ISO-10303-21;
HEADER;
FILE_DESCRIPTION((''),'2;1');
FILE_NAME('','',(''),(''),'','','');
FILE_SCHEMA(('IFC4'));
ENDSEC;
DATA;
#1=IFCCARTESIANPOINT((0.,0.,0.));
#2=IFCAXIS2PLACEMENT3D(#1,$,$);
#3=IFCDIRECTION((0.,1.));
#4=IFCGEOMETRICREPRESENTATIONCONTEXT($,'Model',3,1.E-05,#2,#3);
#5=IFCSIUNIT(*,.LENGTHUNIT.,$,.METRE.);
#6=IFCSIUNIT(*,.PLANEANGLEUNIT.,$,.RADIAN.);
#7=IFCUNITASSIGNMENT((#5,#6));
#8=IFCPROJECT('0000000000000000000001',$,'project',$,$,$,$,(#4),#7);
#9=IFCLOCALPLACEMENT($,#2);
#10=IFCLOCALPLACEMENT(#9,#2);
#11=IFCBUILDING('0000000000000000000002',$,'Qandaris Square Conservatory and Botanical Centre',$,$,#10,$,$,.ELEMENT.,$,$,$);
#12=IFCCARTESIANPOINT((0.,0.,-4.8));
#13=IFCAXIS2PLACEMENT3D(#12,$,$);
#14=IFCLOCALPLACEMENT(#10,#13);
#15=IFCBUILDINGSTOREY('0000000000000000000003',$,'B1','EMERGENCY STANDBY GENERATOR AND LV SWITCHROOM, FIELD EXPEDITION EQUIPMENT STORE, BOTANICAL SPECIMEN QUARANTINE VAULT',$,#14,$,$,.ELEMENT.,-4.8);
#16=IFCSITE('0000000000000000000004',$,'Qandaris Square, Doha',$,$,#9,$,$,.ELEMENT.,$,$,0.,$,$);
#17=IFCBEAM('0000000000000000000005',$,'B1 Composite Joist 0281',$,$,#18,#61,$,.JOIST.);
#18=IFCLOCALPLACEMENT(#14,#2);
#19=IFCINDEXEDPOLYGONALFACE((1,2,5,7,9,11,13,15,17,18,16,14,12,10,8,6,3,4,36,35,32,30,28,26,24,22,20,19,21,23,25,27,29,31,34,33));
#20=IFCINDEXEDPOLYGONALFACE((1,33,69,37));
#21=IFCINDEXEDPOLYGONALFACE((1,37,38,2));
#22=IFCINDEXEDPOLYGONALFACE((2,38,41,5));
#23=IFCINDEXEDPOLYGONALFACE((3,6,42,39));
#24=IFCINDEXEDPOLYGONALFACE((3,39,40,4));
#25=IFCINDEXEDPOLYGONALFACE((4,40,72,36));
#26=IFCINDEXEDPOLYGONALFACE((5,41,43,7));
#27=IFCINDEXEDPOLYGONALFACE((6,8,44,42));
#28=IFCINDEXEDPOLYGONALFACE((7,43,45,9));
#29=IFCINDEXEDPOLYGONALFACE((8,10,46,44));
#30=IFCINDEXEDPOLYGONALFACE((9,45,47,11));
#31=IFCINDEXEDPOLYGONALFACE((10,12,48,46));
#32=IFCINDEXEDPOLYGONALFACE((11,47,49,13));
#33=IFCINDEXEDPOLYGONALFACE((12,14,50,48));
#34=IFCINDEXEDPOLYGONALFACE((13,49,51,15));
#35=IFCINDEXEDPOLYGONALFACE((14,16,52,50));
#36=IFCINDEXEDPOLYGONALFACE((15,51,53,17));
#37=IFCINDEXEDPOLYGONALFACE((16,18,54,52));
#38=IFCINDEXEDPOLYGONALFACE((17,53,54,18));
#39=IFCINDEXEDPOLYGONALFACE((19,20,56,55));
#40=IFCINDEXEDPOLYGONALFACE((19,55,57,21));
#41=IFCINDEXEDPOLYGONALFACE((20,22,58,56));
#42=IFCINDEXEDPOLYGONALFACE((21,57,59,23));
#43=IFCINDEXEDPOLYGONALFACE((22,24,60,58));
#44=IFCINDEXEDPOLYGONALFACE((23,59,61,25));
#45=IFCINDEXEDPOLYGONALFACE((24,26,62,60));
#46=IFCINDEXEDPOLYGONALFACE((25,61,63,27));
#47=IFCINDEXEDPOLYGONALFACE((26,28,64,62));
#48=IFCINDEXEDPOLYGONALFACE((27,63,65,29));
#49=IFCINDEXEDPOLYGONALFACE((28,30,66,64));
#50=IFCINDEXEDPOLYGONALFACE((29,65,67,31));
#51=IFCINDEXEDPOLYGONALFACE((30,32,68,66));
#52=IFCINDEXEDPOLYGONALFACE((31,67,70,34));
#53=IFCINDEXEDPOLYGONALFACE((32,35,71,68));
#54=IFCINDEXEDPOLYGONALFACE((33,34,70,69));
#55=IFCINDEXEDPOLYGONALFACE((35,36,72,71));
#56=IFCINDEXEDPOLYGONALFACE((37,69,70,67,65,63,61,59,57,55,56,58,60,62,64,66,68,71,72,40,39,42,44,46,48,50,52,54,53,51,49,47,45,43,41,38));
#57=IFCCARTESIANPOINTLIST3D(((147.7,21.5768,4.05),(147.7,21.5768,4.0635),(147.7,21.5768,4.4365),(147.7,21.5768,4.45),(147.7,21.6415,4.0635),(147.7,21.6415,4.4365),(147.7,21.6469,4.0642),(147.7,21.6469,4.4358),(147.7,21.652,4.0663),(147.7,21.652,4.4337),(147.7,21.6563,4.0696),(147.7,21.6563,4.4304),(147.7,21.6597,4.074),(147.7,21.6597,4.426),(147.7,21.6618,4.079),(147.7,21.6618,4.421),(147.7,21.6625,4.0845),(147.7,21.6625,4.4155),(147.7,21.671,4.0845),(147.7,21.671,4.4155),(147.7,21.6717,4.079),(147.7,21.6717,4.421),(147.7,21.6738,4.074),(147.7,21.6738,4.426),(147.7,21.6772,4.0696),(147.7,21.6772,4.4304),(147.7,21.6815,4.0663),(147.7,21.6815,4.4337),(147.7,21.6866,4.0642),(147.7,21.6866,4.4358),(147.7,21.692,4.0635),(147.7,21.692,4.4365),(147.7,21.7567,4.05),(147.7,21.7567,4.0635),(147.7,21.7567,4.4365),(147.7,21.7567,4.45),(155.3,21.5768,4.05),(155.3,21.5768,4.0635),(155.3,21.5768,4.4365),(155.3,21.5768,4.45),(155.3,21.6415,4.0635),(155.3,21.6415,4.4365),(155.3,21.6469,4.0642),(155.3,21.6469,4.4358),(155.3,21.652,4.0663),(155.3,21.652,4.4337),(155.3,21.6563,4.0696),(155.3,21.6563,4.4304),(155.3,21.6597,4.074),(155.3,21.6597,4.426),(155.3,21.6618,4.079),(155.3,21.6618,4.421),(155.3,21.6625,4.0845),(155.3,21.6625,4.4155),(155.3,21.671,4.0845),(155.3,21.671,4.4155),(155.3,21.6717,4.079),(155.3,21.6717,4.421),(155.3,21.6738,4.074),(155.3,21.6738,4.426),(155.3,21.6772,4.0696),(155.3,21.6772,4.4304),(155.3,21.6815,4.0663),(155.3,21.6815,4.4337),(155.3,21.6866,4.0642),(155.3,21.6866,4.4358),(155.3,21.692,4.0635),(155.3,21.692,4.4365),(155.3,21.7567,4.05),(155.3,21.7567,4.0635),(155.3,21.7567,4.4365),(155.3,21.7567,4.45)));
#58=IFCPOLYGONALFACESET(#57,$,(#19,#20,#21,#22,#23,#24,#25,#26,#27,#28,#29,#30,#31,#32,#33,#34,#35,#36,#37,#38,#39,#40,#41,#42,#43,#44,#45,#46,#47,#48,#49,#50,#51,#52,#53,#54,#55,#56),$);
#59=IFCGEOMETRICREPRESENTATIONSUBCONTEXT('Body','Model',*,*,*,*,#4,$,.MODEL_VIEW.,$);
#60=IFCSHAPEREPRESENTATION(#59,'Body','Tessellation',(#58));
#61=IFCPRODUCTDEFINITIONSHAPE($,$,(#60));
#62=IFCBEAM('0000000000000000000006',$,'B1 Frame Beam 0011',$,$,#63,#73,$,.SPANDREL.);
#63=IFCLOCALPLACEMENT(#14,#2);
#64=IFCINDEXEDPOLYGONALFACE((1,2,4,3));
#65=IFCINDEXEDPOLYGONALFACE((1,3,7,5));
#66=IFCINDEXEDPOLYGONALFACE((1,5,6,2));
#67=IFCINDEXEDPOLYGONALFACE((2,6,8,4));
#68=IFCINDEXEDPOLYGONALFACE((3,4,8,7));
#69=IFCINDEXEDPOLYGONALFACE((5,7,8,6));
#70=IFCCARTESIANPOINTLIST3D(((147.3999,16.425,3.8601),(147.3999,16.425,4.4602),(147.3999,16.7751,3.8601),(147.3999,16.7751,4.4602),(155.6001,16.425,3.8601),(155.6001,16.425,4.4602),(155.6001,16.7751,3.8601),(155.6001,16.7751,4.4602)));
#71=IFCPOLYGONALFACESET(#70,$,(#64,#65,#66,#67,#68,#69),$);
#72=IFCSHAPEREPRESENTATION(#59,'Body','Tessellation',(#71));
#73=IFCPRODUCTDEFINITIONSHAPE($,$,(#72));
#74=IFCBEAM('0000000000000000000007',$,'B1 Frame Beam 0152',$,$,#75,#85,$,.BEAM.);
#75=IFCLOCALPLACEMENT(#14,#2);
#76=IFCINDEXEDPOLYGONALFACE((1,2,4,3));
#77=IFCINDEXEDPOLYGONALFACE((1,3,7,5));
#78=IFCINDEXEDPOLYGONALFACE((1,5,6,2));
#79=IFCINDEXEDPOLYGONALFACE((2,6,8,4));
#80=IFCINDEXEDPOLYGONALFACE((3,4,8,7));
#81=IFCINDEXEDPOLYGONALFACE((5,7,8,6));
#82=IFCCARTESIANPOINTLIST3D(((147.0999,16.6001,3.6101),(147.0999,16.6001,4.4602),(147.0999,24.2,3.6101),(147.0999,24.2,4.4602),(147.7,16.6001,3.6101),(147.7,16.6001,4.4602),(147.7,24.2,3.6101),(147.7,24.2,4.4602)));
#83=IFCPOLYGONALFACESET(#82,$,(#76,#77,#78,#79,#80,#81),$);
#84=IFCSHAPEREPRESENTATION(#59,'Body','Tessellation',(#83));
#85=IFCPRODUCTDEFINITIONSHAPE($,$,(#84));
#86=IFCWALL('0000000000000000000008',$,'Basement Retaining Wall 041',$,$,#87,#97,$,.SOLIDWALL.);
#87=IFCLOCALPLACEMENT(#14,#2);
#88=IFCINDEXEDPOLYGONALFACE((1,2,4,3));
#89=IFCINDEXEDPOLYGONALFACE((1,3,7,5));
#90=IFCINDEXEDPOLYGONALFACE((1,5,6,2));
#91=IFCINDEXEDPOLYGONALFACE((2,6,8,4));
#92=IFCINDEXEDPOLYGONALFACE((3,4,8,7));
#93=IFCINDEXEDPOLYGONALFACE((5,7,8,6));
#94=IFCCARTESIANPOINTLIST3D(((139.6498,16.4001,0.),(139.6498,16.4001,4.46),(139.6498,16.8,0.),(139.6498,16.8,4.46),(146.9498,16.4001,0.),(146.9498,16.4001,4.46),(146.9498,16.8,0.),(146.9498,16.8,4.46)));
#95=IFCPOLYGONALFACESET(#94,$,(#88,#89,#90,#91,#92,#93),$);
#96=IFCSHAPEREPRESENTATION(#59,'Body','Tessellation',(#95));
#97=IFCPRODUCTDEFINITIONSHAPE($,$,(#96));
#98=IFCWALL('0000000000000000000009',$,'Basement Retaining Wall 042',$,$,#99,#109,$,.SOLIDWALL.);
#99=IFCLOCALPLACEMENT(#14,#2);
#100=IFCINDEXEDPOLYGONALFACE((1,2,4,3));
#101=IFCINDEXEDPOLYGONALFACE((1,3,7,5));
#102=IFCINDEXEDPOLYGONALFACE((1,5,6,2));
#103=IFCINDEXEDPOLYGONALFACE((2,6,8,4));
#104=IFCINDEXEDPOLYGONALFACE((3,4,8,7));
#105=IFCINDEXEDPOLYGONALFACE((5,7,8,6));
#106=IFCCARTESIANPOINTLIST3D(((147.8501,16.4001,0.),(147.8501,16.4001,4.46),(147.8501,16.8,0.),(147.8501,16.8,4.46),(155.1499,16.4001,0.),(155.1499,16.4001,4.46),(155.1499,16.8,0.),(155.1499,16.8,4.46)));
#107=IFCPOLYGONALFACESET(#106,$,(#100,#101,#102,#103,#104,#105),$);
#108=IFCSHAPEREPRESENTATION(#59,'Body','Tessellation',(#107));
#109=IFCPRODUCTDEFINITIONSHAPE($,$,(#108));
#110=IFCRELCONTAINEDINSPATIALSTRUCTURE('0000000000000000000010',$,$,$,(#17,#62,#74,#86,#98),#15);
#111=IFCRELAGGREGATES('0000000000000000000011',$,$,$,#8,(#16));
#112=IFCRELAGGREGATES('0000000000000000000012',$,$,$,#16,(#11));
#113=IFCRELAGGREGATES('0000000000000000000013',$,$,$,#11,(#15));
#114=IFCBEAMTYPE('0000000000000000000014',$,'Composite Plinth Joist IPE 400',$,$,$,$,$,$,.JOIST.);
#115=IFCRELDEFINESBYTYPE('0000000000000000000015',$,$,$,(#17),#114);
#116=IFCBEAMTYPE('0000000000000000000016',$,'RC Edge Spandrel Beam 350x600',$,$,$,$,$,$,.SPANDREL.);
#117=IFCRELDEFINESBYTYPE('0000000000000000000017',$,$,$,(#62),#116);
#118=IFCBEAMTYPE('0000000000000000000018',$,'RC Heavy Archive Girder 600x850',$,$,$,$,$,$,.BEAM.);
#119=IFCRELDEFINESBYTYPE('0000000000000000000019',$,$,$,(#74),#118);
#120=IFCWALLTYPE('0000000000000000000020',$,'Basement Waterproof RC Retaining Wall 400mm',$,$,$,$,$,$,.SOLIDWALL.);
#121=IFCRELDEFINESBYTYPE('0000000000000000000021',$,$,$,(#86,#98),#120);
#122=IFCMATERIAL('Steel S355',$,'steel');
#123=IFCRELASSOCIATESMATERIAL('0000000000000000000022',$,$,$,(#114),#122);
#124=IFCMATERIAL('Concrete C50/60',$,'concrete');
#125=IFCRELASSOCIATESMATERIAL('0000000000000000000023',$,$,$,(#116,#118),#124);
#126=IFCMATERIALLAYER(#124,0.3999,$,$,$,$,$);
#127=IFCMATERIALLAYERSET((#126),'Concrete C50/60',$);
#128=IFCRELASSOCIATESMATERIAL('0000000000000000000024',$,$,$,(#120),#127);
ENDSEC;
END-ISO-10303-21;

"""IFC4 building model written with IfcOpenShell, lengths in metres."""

from ifc_helpers import new_model, si_unit, direction, frame, frame_2d, origin, origin_2d, place, context, subcontext, project, spatial, rectangle, i_section, extrude, material, layer, layer_set, material_profile, profile_set, type_object, element, save


model = new_model("IFC4")

# Units and contexts
model_context = context("Model", 3, precision=1e-05, world=origin(), true_north=direction((0.0, 1.0)))
body_context = subcontext(model_context, "Body", "Model", "MODEL_VIEW")
ifc_project = project(units=[si_unit("LENGTHUNIT", "METRE"), si_unit("PLANEANGLEUNIT", "RADIAN")], contexts=[model_context])

# Site, building, storey
site_placement = place(None, origin())
site = spatial("IfcSite", under=ifc_project, at=site_placement, Name="Qandaris Square, Doha", CompositionType="ELEMENT", RefElevation=0.0)
building_placement = place(site_placement, origin())
building = spatial("IfcBuilding", under=site, at=building_placement, Name="Qandaris Square Conservatory and Botanical Centre", CompositionType="ELEMENT")
storey_placement = place(building_placement, frame((0.0, 0.0, -4.8)))
storey = spatial("IfcBuildingStorey", under=building, at=storey_placement, Name="B1", Description="EMERGENCY STANDBY GENERATOR AND LV SWITCHROOM, FIELD EXPEDITION EQUIPMENT STORE, BOTANICAL SPECIMEN QUARANTINE VAULT", CompositionType="ELEMENT", Elevation=-4.8)

# Shared definitions
ifc_material_1 = material(Name="Concrete C50/60", Category="concrete")

# Beams
ifc_material_2 = material(Name="Steel S355", Category="steel")
ifc_material_profile_1 = material_profile(ifc_material_2, i_section(OverallWidth=0.1799, OverallDepth=0.3999, WebThickness=0.0085, FlangeThickness=0.0134, FilletRadius=0.021, at=origin_2d()), Name="IPE 400")
ifc_profile_set_1 = profile_set([ifc_material_profile_1], Name="Steel S355")
beam_type_1 = type_object("IfcBeamType", Name="Composite Plinth Joist IPE 400", PredefinedType="JOIST", material=ifc_profile_set_1)
beam_1_placement = place(storey_placement, frame((147.7, 21.6667, 4.25), z_axis=(1.0, 0.0, 0.0), x_axis=(0.0, 1.0, 0.0)))
element("IfcBeam", 1, at=beam_1_placement, inside=storey, type_object=beam_type_1, Name="B1 Composite Joist 0281", PredefinedType="JOIST", context=body_context, shape_type="SweptSolid", body=[
    extrude(i_section(OverallWidth=0.1799, OverallDepth=0.3999, WebThickness=0.0085, FlangeThickness=0.0134, FilletRadius=0.021, at=origin_2d()), origin(), (0.0, 0.0, 1.0), 7.6001),
])
ifc_material_profile_2 = material_profile(ifc_material_1, rectangle(XDim=0.3501, YDim=0.6001, at=origin_2d()), Name="RC-SP 350x600")
ifc_profile_set_2 = profile_set([ifc_material_profile_2], Name="Concrete C50/60")
beam_type_2 = type_object("IfcBeamType", Name="RC Edge Spandrel Beam 350x600", PredefinedType="SPANDREL", material=ifc_profile_set_2)
beam_2_placement = place(storey_placement, frame((147.3999, 16.6001, 4.1602), z_axis=(1.0, 0.0, 0.0), x_axis=(0.0, 1.0, 0.0)))
element("IfcBeam", 2, at=beam_2_placement, inside=storey, type_object=beam_type_2, Name="B1 Frame Beam 0011", PredefinedType="SPANDREL", context=body_context, shape_type="SweptSolid", body=[
    extrude(rectangle(XDim=0.3501, YDim=0.6001, at=origin_2d()), origin(), (0.0, 0.0, 1.0), 8.2002),
])
ifc_material_profile_3 = material_profile(ifc_material_1, rectangle(XDim=0.6001, YDim=0.8501, at=origin_2d()), Name="RC-BM 600x850")
ifc_profile_set_3 = profile_set([ifc_material_profile_3], Name="Concrete C50/60")
beam_type_3 = type_object("IfcBeamType", Name="RC Heavy Archive Girder 600x850", PredefinedType="BEAM", material=ifc_profile_set_3)
beam_3_placement = place(storey_placement, frame((147.3999, 16.6001, 4.0352), z_axis=(0.0, 1.0, 0.0), x_axis=(-1.0, 0.0, 0.0)))
element("IfcBeam", 3, at=beam_3_placement, inside=storey, type_object=beam_type_3, Name="B1 Frame Beam 0152", PredefinedType="BEAM", context=body_context, shape_type="SweptSolid", body=[
    extrude(rectangle(XDim=0.6001, YDim=0.8501, at=origin_2d()), origin(), (0.0, 0.0, 1.0), 7.5999),
])

# Walls
ifc_layer = layer(ifc_material_1, 0.3999)
ifc_layer_set = layer_set([ifc_layer], Name="Concrete C50/60")
wall_type = type_object("IfcWallType", Name="Basement Waterproof RC Retaining Wall 400mm", PredefinedType="SOLIDWALL", material=ifc_layer_set)
wall_1_placement = place(storey_placement, frame((139.6499, 16.6001, 0.0), z_axis=(0.0, 0.0, 1.0), x_axis=(1.0, 0.0, 0.0)))
element("IfcWall", 4, at=wall_1_placement, inside=storey, type_object=wall_type, Name="Basement Retaining Wall 041", PredefinedType="SOLIDWALL", context=body_context, shape_type="SweptSolid", body=[
    extrude(rectangle(XDim=7.3, YDim=0.3999, at=frame_2d((3.6499, 0.0))), origin(), (0.0, 0.0, 1.0), 4.46),
])
wall_2_placement = place(storey_placement, frame((147.8501, 16.6001, 0.0), z_axis=(0.0, 0.0, 1.0), x_axis=(1.0, 0.0, 0.0)))
element("IfcWall", 5, at=wall_2_placement, inside=storey, type_object=wall_type, Name="Basement Retaining Wall 042", PredefinedType="SOLIDWALL", context=body_context, shape_type="SweptSolid", body=[
    extrude(rectangle(XDim=7.2998, YDim=0.3999, at=frame_2d((3.6499, 0.0))), origin(), (0.0, 0.0, 1.0), 4.46),
])

save(model, "model.ifc")
